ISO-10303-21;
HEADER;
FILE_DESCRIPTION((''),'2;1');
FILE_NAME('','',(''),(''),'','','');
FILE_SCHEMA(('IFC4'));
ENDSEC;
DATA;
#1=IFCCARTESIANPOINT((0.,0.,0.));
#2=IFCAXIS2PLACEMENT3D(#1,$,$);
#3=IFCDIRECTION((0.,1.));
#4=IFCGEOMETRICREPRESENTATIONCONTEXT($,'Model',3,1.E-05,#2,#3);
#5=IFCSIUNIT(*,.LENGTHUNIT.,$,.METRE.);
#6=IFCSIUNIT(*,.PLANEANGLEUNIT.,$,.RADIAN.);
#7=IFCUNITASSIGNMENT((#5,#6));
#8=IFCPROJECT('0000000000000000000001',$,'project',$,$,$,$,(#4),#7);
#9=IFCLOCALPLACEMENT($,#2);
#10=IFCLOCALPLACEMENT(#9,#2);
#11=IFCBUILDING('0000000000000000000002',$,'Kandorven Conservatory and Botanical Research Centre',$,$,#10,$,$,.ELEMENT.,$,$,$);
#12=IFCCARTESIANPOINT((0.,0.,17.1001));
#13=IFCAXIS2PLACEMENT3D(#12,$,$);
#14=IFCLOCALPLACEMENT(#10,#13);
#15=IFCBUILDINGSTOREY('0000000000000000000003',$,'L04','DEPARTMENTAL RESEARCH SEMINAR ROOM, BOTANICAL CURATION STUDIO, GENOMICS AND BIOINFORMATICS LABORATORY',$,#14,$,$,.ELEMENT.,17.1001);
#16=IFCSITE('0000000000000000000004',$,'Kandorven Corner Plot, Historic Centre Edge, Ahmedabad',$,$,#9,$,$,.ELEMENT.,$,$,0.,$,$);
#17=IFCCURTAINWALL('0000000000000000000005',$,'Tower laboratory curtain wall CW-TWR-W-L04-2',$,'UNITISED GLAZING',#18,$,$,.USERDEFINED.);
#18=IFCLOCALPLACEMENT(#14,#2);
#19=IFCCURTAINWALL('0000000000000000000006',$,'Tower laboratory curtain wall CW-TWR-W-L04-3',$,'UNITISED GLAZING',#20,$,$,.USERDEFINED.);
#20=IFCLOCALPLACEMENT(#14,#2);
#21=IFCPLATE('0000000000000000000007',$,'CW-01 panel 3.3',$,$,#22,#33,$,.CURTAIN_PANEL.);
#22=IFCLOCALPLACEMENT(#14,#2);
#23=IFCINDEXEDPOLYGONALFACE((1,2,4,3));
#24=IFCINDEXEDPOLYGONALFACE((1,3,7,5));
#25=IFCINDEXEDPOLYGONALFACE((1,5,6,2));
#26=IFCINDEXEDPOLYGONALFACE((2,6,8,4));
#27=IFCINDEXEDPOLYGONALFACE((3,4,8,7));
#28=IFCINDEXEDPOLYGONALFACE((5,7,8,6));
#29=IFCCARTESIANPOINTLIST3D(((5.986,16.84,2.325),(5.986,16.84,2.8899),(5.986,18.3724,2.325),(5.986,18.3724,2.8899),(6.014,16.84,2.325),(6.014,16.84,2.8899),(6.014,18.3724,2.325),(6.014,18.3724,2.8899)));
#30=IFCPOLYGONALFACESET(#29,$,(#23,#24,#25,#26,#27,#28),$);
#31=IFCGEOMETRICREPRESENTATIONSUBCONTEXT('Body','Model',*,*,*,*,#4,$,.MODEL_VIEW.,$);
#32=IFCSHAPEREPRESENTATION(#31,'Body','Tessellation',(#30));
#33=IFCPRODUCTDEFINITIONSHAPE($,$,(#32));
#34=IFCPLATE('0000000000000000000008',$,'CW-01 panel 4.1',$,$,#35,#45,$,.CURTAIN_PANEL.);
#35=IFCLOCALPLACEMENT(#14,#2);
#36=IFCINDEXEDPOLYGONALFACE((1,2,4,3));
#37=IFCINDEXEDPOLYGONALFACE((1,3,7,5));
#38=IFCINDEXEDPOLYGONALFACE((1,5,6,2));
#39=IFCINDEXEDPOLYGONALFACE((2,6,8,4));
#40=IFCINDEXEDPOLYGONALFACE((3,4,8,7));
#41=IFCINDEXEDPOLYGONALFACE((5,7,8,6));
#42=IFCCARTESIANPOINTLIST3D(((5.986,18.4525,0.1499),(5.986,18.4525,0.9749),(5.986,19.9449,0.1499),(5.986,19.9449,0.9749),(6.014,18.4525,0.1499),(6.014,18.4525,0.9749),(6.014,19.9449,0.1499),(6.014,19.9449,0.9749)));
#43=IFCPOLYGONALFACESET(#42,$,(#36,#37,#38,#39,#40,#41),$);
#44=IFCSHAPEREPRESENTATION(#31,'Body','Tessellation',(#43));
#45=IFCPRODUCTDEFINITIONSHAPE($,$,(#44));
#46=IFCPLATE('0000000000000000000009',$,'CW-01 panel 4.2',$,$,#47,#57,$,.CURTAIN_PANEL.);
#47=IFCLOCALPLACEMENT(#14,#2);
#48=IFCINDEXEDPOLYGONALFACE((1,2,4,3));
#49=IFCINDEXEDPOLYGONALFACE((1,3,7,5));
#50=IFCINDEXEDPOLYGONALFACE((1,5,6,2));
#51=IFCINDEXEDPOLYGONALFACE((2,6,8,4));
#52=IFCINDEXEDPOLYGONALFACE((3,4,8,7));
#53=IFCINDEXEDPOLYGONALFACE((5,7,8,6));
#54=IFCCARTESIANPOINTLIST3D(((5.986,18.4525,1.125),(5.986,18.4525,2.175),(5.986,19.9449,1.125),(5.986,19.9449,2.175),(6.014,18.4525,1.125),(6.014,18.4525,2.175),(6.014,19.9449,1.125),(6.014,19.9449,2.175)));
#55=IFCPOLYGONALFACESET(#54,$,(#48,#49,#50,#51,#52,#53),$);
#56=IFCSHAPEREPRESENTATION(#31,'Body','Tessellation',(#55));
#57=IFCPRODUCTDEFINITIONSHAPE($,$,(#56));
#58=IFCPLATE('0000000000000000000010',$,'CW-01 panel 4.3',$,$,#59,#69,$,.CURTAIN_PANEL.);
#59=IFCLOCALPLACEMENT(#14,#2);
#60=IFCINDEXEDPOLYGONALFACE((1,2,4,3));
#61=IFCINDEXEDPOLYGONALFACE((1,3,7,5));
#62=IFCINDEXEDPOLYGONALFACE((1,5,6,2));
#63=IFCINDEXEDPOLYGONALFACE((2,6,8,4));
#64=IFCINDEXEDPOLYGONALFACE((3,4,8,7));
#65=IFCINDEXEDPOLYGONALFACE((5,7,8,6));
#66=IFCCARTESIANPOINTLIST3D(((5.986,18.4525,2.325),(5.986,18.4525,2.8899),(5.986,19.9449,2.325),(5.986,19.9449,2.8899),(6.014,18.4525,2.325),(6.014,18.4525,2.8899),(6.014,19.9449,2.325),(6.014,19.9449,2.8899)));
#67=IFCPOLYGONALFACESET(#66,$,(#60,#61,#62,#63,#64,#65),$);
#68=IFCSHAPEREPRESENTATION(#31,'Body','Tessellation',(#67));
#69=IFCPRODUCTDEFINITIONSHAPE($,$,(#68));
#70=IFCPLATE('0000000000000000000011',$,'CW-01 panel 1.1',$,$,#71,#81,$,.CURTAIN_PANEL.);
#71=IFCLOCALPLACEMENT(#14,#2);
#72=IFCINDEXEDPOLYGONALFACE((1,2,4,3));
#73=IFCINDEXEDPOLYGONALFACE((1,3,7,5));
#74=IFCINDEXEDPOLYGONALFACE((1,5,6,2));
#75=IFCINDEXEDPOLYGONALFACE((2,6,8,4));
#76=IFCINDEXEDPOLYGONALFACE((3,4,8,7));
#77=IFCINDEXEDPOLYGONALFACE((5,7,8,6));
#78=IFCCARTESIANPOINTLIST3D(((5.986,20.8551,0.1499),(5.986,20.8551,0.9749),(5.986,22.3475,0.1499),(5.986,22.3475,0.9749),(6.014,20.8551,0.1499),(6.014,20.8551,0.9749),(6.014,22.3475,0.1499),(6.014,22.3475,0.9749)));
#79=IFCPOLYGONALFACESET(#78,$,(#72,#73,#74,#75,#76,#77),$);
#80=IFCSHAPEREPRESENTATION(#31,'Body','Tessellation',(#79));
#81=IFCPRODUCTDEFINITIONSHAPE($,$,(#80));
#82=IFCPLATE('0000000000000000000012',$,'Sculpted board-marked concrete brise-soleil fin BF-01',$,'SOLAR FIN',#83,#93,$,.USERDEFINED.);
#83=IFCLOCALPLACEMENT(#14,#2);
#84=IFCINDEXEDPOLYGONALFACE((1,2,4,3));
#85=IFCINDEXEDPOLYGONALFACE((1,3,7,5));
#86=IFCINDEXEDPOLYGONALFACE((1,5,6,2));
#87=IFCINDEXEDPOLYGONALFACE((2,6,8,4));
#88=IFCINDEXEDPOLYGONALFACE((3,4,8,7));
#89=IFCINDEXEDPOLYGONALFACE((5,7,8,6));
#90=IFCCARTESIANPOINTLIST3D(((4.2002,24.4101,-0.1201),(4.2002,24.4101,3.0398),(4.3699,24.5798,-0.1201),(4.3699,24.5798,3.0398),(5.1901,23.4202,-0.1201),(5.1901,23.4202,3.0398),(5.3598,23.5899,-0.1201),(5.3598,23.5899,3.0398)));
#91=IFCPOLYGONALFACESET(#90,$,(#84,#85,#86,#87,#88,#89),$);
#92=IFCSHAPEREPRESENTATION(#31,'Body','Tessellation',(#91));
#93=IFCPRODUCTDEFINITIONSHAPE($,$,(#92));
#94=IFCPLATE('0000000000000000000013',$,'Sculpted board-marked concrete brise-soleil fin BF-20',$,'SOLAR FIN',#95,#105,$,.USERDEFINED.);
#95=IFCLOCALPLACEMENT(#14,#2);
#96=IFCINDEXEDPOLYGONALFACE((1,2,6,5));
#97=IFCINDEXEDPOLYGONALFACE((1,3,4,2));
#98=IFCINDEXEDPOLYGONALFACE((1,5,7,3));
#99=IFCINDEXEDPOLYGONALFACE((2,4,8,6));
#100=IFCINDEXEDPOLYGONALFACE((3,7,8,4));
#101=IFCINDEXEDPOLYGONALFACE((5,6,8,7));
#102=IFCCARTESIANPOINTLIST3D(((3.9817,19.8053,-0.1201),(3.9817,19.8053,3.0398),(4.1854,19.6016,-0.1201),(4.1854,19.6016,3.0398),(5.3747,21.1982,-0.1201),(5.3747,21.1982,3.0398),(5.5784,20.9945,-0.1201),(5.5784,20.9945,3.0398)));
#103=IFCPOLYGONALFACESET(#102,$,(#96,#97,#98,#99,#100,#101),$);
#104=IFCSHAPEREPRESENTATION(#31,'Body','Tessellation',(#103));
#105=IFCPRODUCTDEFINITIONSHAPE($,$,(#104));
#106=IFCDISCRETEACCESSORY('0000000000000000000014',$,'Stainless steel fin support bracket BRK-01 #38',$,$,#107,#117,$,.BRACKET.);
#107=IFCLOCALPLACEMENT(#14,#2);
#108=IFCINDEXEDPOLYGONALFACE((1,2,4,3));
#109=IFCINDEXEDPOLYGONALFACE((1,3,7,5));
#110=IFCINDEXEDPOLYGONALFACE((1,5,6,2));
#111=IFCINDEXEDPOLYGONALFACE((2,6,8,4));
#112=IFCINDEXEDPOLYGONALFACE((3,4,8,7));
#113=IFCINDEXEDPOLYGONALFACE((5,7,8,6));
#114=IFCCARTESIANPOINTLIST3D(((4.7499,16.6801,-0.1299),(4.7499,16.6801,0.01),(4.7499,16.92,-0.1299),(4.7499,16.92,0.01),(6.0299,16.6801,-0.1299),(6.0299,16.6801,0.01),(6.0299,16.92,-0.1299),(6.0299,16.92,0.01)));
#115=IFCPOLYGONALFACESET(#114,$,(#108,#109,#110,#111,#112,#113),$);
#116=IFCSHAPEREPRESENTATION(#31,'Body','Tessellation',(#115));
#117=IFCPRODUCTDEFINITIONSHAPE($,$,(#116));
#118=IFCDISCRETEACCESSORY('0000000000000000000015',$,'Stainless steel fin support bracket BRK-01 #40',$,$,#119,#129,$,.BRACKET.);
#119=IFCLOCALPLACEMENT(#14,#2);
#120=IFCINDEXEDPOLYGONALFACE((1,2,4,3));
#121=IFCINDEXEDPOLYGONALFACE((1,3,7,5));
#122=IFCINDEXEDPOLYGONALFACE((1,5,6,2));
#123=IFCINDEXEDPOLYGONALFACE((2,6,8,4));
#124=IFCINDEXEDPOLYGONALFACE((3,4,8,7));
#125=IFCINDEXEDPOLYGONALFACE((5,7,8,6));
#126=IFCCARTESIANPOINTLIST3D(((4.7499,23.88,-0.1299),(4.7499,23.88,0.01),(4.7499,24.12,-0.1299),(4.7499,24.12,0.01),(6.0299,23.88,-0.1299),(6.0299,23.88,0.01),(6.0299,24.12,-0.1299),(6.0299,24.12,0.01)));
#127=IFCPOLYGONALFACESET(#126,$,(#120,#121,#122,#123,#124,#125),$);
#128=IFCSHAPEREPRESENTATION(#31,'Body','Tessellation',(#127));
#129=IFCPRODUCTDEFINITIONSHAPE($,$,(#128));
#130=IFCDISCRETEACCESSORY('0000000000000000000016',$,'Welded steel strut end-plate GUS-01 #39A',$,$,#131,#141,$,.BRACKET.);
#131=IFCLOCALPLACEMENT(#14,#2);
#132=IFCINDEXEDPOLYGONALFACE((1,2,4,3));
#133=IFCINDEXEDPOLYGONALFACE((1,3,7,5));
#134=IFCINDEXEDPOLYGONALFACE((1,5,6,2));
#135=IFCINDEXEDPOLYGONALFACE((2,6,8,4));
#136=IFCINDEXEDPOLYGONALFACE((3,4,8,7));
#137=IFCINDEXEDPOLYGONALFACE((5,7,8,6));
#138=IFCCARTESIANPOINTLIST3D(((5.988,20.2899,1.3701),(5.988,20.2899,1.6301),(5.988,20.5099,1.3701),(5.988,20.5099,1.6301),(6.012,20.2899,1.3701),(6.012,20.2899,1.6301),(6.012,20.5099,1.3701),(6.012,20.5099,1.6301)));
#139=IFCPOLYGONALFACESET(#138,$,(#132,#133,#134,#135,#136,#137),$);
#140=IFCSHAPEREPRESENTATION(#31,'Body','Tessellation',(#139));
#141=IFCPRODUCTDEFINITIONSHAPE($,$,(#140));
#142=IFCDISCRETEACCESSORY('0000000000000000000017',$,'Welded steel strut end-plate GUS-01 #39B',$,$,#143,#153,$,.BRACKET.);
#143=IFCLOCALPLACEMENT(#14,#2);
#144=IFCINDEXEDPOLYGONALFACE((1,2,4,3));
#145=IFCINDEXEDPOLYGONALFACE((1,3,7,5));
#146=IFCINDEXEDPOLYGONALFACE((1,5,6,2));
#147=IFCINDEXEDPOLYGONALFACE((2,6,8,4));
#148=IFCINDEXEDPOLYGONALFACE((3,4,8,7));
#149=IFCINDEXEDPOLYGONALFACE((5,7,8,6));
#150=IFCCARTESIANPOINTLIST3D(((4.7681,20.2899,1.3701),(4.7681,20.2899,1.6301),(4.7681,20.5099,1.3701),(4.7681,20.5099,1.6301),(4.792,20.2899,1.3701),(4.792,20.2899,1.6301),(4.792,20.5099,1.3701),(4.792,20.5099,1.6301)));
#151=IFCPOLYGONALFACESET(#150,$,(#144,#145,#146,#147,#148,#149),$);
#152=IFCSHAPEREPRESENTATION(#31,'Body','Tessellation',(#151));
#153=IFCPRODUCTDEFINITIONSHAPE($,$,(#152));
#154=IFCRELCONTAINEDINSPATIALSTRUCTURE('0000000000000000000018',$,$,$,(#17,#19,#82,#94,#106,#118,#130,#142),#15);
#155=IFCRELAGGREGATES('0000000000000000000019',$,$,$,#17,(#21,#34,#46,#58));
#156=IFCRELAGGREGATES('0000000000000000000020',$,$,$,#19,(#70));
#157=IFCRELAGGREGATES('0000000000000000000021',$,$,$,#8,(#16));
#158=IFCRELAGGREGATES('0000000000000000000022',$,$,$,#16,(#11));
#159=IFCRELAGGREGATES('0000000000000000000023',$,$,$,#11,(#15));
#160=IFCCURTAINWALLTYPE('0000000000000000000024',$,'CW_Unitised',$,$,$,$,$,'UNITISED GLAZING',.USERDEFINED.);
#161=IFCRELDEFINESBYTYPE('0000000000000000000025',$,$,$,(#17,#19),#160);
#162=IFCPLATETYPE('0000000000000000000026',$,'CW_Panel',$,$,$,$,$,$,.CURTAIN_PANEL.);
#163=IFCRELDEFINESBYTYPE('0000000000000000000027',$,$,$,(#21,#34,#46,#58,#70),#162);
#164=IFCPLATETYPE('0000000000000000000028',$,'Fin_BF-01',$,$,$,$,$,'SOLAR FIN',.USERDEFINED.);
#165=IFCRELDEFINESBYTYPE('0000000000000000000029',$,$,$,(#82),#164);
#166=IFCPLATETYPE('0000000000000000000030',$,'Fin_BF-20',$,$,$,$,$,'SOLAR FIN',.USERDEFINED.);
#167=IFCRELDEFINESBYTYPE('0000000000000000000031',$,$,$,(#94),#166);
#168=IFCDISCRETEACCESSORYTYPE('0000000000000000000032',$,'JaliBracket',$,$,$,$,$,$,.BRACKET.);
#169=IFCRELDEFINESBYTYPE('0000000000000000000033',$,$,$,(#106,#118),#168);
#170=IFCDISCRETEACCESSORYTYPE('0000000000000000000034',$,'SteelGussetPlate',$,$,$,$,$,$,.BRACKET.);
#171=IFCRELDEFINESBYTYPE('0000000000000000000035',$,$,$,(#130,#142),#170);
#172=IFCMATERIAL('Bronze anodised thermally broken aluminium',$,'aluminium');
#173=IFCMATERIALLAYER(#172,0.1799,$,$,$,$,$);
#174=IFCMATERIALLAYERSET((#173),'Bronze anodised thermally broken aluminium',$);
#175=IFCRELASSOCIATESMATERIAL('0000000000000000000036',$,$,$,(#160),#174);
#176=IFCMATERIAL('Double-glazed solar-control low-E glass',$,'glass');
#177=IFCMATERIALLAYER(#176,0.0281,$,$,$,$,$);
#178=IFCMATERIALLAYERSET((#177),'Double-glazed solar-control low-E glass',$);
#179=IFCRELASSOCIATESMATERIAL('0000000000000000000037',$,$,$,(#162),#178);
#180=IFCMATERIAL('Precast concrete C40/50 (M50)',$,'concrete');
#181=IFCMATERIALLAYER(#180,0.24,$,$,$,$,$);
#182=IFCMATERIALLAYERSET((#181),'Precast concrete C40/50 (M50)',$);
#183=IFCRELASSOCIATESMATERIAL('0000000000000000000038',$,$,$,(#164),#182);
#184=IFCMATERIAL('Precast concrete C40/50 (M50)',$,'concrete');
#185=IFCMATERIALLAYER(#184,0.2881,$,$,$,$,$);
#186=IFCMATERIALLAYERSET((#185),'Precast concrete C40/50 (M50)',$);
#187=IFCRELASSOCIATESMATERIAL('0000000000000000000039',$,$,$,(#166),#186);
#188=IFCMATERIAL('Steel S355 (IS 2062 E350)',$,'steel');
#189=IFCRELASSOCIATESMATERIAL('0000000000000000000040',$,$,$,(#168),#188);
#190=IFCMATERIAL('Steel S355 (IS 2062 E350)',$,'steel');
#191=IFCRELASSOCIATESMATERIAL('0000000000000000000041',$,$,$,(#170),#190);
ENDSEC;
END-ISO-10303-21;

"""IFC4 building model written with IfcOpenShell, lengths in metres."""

from ifc_helpers import new_model, si_unit, direction, frame, origin, origin_2d, place, context, subcontext, project, spatial, rectangle, extrude, material, layer, layer_set, type_object, element, aggregate, save


model = new_model("IFC4")

# Units and contexts
model_context = context("Model", 3, precision=1e-05, world=origin(), true_north=direction((0.0, 1.0)))
body_context = subcontext(model_context, "Body", "Model", "MODEL_VIEW")
ifc_project = project(units=[si_unit("LENGTHUNIT", "METRE"), si_unit("PLANEANGLEUNIT", "RADIAN")], contexts=[model_context])

# Site, building, storey
site_placement = place(None, origin())
site = spatial("IfcSite", under=ifc_project, at=site_placement, Name="Kandorven Corner Plot, Historic Centre Edge, Ahmedabad", CompositionType="ELEMENT", RefElevation=0.0)
building_placement = place(site_placement, origin())
building = spatial("IfcBuilding", under=site, at=building_placement, Name="Kandorven Conservatory and Botanical Research Centre", CompositionType="ELEMENT")
storey_placement = place(building_placement, frame((0.0, 0.0, 17.1001)))
storey = spatial("IfcBuildingStorey", under=building, at=storey_placement, Name="L04", Description="DEPARTMENTAL RESEARCH SEMINAR ROOM, BOTANICAL CURATION STUDIO, GENOMICS AND BIOINFORMATICS LABORATORY", CompositionType="ELEMENT", Elevation=17.1001)

# Curtain wall
ifc_material_1 = material(Name="Bronze anodised thermally broken aluminium", Category="aluminium")
ifc_layer_1 = layer(ifc_material_1, 0.1799)
ifc_layer_set_1 = layer_set([ifc_layer_1], Name="Bronze anodised thermally broken aluminium")
curtain_wall_type = type_object("IfcCurtainWallType", Name="CW_Unitised", ElementType="UNITISED GLAZING", PredefinedType="USERDEFINED", material=ifc_layer_set_1)
curtain_wall_1_placement = place(storey_placement, origin())
curtain_wall_1 = element("IfcCurtainWall", 1, at=curtain_wall_1_placement, inside=storey, type_object=curtain_wall_type, Name="Tower laboratory curtain wall CW-TWR-W-L04-2", ObjectType="UNITISED GLAZING", PredefinedType="USERDEFINED")

# Curtain wall
curtain_wall_2_placement = place(storey_placement, origin())
curtain_wall_2 = element("IfcCurtainWall", 2, at=curtain_wall_2_placement, inside=storey, type_object=curtain_wall_type, Name="Tower laboratory curtain wall CW-TWR-W-L04-3", ObjectType="UNITISED GLAZING", PredefinedType="USERDEFINED")

# Plates
ifc_material_2 = material(Name="Double-glazed solar-control low-E glass", Category="glass")
ifc_layer_2 = layer(ifc_material_2, 0.0281)
ifc_layer_set_2 = layer_set([ifc_layer_2], Name="Double-glazed solar-control low-E glass")
plate_type_1 = type_object("IfcPlateType", Name="CW_Panel", PredefinedType="CURTAIN_PANEL", material=ifc_layer_set_2)
plate_1_placement = place(storey_placement, frame((6.0, 17.6062, 2.325), z_axis=(0.0, 0.0, 1.0), x_axis=(0.0, 1.0, 0.0)))
plate_1 = element("IfcPlate", 3, at=plate_1_placement, type_object=plate_type_1, Name="CW-01 panel 3.3", PredefinedType="CURTAIN_PANEL", context=body_context, shape_type="SweptSolid", body=[
    extrude(rectangle(XDim=1.5325, YDim=0.0281, at=origin_2d()), origin(), (0.0, 0.0, 1.0), 0.5649),
])
plate_2_placement = place(storey_placement, frame((6.0, 19.1987, 0.1499), z_axis=(0.0, 0.0, 1.0), x_axis=(0.0, 1.0, 0.0)))
plate_2 = element("IfcPlate", 4, at=plate_2_placement, type_object=plate_type_1, Name="CW-01 panel 4.1", PredefinedType="CURTAIN_PANEL", context=body_context, shape_type="SweptSolid", body=[
    extrude(rectangle(XDim=1.4924, YDim=0.0281, at=origin_2d()), origin(), (0.0, 0.0, 1.0), 0.825),
])
plate_3_placement = place(storey_placement, frame((6.0, 19.1987, 1.125), z_axis=(0.0, 0.0, 1.0), x_axis=(0.0, 1.0, 0.0)))
plate_3 = element("IfcPlate", 5, at=plate_3_placement, type_object=plate_type_1, Name="CW-01 panel 4.2", PredefinedType="CURTAIN_PANEL", context=body_context, shape_type="SweptSolid", body=[
    extrude(rectangle(XDim=1.4924, YDim=0.0281, at=origin_2d()), origin(), (0.0, 0.0, 1.0), 1.05),
])
plate_4_placement = place(storey_placement, frame((6.0, 19.1987, 2.325), z_axis=(0.0, 0.0, 1.0), x_axis=(0.0, 1.0, 0.0)))
plate_4 = element("IfcPlate", 6, at=plate_4_placement, type_object=plate_type_1, Name="CW-01 panel 4.3", PredefinedType="CURTAIN_PANEL", context=body_context, shape_type="SweptSolid", body=[
    extrude(rectangle(XDim=1.4924, YDim=0.0281, at=origin_2d()), origin(), (0.0, 0.0, 1.0), 0.5649),
])
aggregate(curtain_wall_1, [plate_1, plate_2, plate_3, plate_4])
plate_5_placement = place(storey_placement, frame((6.0, 21.6013, 0.1499), z_axis=(0.0, 0.0, 1.0), x_axis=(0.0, 1.0, 0.0)))
plate_5 = element("IfcPlate", 7, at=plate_5_placement, type_object=plate_type_1, Name="CW-01 panel 1.1", PredefinedType="CURTAIN_PANEL", context=body_context, shape_type="SweptSolid", body=[
    extrude(rectangle(XDim=1.4924, YDim=0.0281, at=origin_2d()), origin(), (0.0, 0.0, 1.0), 0.825),
])
aggregate(curtain_wall_2, [plate_5])

# Plates
ifc_material_3 = material(Name="Precast concrete C40/50 (M50)", Category="concrete")
ifc_layer_3 = layer(ifc_material_3, 0.24)
ifc_layer_set_3 = layer_set([ifc_layer_3], Name="Precast concrete C40/50 (M50)")
plate_type_2 = type_object("IfcPlateType", Name="Fin_BF-01", ElementType="SOLAR FIN", PredefinedType="USERDEFINED", material=ifc_layer_set_3)
plate_6_placement = place(storey_placement, frame((4.78, 24.0, -0.1201), z_axis=(0.0, 0.0, 1.0), x_axis=(-0.707107, 0.707107, 0.0)))
element("IfcPlate", 8, at=plate_6_placement, inside=storey, type_object=plate_type_2, Name="Sculpted board-marked concrete brise-soleil fin BF-01", ObjectType="SOLAR FIN", PredefinedType="USERDEFINED", context=body_context, shape_type="SweptSolid", body=[
    extrude(rectangle(XDim=1.3999, YDim=0.24, at=origin_2d()), origin(), (0.0, 0.0, 1.0), 3.1599),
])
ifc_material_4 = material(Name="Precast concrete C40/50 (M50)", Category="concrete")
ifc_layer_4 = layer(ifc_material_4, 0.2881)
ifc_layer_set_4 = layer_set([ifc_layer_4], Name="Precast concrete C40/50 (M50)")
plate_type_3 = type_object("IfcPlateType", Name="Fin_BF-20", ElementType="SOLAR FIN", PredefinedType="USERDEFINED", material=ifc_layer_set_4)
plate_7_placement = place(storey_placement, frame((4.78, 20.3999, -0.1201), z_axis=(0.0, 0.0, 1.0), x_axis=(0.707107, 0.707107, 0.0)))
element("IfcPlate", 9, at=plate_7_placement, inside=storey, type_object=plate_type_3, Name="Sculpted board-marked concrete brise-soleil fin BF-20", ObjectType="SOLAR FIN", PredefinedType="USERDEFINED", context=body_context, shape_type="SweptSolid", body=[
    extrude(rectangle(XDim=1.97, YDim=0.2881, at=origin_2d()), origin(), (0.0, 0.0, 1.0), 3.1599),
])

# Discrete accessories
ifc_material_5 = material(Name="Steel S355 (IS 2062 E350)", Category="steel")
discrete_accessory_type_1 = type_object("IfcDiscreteAccessoryType", Name="JaliBracket", PredefinedType="BRACKET", material=ifc_material_5)
for number, where, z_axis, x_axis, name in (
    (10, (5.3899, 16.8, -0.1299), (0.0, 0.0, 1.0), (1.0, 0.0, 0.0), "Stainless steel fin support bracket BRK-01 #38"),
    (11, (5.3899, 24.0, -0.1299), (0.0, 0.0, 1.0), (1.0, 0.0, 0.0), "Stainless steel fin support bracket BRK-01 #40"),
):
    element("IfcDiscreteAccessory", number, at=place(storey_placement, frame(where, z_axis=z_axis, x_axis=x_axis)), inside=storey, type_object=discrete_accessory_type_1, Name=name, PredefinedType="BRACKET", context=body_context, shape_type="SweptSolid", body=[
        extrude(rectangle(XDim=1.28, YDim=0.24, at=origin_2d()), origin(), (0.0, 0.0, 1.0), 0.1399),
    ])
ifc_material_6 = material(Name="Steel S355 (IS 2062 E350)", Category="steel")
discrete_accessory_type_2 = type_object("IfcDiscreteAccessoryType", Name="SteelGussetPlate", PredefinedType="BRACKET", material=ifc_material_6)
for number, where, z_axis, x_axis, name in (
    (12, (6.0, 20.3999, 1.3701), (0.0, 0.0, 1.0), (1.0, 0.0, 0.0), "Welded steel strut end-plate GUS-01 #39A"),
    (13, (4.78, 20.3999, 1.3701), (0.0, 0.0, 1.0), (1.0, 0.0, 0.0), "Welded steel strut end-plate GUS-01 #39B"),
):
    element("IfcDiscreteAccessory", number, at=place(storey_placement, frame(where, z_axis=z_axis, x_axis=x_axis)), inside=storey, type_object=discrete_accessory_type_2, Name=name, PredefinedType="BRACKET", context=body_context, shape_type="SweptSolid", body=[
        extrude(rectangle(XDim=0.0239, YDim=0.22, at=origin_2d()), origin(), (0.0, 0.0, 1.0), 0.26),
    ])

save(model, "model.ifc")
